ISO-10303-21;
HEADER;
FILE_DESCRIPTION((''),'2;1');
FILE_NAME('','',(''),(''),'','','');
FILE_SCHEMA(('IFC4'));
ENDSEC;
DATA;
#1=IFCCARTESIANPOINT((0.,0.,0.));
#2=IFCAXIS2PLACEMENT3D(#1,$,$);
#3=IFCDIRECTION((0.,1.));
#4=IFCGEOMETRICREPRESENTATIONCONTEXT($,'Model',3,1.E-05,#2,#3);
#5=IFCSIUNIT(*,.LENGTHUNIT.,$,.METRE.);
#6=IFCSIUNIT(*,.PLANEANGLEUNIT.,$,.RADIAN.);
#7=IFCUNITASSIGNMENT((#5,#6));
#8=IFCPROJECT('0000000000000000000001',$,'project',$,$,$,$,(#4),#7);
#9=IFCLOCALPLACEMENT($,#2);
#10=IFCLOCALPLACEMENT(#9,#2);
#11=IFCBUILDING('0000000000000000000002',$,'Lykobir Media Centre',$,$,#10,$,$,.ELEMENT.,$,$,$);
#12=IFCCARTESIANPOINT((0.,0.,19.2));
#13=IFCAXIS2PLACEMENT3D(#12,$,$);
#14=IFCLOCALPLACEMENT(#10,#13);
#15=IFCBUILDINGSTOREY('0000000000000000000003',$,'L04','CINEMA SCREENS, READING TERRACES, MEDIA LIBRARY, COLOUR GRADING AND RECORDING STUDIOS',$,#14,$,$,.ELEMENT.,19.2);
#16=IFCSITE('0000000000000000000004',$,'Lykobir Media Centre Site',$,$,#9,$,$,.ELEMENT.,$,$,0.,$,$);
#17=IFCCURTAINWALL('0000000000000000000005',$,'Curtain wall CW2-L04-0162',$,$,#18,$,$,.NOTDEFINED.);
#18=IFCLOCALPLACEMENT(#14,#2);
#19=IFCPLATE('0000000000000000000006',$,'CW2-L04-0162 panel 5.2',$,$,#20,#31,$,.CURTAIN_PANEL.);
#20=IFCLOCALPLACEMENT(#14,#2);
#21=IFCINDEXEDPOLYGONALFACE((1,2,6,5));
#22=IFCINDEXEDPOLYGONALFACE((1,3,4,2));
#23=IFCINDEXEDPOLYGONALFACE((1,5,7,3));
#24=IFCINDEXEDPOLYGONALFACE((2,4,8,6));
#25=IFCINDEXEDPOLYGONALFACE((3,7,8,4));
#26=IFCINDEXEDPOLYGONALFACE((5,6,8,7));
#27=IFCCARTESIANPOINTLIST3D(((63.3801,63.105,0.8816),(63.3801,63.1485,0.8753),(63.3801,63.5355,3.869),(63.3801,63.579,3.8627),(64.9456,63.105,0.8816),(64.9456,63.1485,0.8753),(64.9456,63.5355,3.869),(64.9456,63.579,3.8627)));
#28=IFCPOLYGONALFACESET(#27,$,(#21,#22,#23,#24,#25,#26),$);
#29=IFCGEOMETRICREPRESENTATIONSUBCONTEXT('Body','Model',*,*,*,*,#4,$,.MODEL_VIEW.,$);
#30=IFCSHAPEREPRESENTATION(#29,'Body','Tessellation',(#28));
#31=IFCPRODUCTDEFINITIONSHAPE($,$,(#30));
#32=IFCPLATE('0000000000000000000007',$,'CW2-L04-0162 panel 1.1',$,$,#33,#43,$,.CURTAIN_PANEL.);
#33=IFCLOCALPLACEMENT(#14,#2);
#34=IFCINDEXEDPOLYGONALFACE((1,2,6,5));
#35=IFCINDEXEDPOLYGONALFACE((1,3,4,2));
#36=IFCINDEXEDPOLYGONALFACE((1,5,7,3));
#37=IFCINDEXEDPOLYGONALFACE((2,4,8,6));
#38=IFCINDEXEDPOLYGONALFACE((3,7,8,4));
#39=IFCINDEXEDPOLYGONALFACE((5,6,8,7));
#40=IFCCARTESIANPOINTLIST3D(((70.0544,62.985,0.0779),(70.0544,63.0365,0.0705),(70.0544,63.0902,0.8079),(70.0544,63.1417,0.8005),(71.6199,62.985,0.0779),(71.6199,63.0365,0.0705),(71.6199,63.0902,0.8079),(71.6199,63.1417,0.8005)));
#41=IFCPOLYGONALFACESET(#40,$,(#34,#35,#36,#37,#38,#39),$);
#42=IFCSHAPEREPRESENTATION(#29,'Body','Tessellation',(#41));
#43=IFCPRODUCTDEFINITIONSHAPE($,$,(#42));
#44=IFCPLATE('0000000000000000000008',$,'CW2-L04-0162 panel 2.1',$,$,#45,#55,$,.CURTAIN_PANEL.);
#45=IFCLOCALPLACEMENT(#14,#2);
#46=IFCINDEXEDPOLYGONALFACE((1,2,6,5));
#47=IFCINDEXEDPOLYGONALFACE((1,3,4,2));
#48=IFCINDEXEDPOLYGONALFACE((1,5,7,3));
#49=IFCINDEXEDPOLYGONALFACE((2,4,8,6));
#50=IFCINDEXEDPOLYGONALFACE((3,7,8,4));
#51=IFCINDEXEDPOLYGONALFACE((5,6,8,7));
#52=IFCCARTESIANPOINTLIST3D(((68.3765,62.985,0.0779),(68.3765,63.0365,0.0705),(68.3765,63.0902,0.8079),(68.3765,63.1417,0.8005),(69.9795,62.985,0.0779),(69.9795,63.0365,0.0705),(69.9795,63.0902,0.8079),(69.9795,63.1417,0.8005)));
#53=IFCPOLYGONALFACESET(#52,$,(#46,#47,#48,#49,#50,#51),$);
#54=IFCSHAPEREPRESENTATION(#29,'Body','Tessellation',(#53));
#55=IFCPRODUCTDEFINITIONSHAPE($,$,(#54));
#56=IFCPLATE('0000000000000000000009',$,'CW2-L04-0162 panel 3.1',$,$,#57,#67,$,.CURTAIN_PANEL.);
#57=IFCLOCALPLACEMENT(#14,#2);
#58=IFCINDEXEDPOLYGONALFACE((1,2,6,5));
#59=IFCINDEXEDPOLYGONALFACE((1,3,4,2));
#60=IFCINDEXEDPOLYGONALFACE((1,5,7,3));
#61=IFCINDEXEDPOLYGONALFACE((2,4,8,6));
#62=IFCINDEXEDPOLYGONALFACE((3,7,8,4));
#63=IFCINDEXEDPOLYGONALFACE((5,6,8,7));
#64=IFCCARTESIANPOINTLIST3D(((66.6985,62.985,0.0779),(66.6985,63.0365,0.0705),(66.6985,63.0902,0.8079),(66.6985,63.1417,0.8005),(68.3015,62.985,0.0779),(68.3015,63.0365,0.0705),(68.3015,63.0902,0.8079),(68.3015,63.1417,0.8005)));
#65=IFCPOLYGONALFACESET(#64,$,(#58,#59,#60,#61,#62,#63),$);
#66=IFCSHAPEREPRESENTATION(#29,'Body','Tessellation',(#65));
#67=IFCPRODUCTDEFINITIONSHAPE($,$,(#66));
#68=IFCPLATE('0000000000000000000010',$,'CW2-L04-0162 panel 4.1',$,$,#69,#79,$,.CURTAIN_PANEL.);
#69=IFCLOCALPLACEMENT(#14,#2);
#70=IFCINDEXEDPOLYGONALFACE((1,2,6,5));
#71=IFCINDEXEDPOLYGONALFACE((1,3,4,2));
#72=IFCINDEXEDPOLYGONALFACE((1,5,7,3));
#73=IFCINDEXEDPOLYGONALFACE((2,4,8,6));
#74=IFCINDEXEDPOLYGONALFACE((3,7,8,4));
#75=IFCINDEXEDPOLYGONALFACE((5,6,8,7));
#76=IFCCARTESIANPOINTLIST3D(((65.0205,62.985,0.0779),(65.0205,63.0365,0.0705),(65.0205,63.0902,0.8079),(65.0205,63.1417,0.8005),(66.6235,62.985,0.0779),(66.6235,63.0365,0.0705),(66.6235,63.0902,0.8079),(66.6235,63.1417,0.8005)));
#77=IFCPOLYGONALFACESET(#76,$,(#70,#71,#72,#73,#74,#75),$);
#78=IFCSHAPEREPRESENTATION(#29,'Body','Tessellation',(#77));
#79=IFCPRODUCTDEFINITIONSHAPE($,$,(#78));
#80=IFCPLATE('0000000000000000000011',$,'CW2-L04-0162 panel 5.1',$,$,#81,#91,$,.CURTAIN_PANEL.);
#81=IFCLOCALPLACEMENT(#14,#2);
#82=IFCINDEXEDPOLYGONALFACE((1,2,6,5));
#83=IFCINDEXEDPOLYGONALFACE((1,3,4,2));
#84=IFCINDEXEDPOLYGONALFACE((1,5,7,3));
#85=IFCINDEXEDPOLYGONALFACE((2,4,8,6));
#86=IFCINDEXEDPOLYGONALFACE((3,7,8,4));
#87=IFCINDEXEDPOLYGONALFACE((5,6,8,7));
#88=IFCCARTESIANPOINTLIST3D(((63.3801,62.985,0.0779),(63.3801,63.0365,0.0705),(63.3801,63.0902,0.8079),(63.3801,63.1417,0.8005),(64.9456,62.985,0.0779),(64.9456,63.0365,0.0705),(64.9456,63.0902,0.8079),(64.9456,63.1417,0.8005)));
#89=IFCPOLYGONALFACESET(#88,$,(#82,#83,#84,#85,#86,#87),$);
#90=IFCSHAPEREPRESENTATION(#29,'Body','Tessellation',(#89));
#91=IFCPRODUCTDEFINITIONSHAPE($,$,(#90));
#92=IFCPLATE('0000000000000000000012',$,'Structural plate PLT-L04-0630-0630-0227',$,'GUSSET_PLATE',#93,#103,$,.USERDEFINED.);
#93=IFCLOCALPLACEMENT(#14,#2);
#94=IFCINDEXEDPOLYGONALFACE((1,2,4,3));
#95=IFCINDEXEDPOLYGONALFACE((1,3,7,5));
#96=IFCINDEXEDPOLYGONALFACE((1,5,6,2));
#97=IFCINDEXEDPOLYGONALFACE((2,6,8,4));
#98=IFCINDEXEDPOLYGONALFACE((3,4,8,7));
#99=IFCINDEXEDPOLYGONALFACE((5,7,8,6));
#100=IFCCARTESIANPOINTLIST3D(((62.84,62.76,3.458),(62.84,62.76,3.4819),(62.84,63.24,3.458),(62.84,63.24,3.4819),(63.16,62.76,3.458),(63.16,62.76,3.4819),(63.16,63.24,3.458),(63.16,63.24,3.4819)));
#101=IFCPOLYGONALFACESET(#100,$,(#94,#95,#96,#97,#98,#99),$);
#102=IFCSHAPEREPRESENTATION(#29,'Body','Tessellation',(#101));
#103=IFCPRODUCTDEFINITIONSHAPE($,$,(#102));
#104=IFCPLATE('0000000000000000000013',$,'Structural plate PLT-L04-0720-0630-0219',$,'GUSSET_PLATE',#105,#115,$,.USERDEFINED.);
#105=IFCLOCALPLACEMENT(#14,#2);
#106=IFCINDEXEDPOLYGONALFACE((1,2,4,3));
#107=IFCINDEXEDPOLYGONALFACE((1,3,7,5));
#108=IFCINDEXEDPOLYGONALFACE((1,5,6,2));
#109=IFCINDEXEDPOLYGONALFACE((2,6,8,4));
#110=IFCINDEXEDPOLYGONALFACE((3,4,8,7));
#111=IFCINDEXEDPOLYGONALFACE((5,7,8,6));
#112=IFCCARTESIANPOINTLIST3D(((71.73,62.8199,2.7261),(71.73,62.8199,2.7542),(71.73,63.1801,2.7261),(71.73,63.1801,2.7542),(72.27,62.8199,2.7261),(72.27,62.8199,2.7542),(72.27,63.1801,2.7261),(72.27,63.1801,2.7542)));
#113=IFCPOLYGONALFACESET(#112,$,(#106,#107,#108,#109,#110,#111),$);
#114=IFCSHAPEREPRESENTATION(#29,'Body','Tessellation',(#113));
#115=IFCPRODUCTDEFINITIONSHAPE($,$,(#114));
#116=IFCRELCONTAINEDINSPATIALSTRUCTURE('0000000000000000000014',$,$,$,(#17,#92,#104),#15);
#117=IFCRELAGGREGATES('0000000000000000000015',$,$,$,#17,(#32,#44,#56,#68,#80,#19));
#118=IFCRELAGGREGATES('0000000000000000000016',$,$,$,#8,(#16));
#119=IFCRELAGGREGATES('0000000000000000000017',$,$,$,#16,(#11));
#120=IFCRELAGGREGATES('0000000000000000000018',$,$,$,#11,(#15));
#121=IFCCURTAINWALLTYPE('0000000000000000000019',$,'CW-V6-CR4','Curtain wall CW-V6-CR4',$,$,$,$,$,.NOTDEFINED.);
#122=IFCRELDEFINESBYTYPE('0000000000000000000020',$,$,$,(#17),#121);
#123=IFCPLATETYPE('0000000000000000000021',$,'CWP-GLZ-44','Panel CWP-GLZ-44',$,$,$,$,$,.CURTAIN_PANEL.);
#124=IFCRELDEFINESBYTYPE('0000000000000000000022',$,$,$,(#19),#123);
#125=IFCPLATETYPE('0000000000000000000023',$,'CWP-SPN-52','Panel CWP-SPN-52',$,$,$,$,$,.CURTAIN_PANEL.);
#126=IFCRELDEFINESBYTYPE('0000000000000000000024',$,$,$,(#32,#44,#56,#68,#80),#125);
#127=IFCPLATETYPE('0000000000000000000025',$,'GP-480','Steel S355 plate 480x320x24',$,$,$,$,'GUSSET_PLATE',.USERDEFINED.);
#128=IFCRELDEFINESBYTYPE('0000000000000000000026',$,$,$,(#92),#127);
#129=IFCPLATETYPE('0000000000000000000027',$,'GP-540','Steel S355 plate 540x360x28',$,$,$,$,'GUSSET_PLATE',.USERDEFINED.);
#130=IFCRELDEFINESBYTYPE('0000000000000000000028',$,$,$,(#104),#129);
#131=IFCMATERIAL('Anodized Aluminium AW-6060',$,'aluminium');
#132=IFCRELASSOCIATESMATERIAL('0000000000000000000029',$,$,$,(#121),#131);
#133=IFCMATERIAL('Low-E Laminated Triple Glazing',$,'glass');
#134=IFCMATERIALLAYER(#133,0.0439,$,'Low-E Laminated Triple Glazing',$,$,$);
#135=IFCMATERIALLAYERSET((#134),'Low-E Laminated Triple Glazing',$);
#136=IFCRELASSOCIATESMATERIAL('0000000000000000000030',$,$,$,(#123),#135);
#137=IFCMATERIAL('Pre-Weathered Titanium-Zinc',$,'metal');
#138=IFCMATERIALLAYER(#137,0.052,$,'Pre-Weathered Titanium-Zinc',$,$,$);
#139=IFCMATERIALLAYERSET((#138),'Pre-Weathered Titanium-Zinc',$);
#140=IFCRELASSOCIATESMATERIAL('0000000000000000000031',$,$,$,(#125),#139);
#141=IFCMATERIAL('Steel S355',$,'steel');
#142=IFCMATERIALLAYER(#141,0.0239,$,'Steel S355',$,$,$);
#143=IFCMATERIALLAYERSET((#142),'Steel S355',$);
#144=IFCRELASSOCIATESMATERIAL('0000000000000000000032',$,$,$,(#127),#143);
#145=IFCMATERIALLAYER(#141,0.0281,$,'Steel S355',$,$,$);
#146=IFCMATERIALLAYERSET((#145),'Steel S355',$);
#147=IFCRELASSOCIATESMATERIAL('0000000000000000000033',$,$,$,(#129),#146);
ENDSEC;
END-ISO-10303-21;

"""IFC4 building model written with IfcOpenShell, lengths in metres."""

from ifc_helpers import new_model, si_unit, direction, frame, origin, origin_2d, place, context, subcontext, project, spatial, rectangle, extrude, material, layer, layer_set, type_object, element, aggregate, save


model = new_model("IFC4")

# Units and contexts
model_context = context("Model", 3, precision=1e-05, world=origin(), true_north=direction((0.0, 1.0)))
body_context = subcontext(model_context, "Body", "Model", "MODEL_VIEW")
ifc_project = project(units=[si_unit("LENGTHUNIT", "METRE"), si_unit("PLANEANGLEUNIT", "RADIAN")], contexts=[model_context])

# Site, building, storey
site_placement = place(None, origin())
site = spatial("IfcSite", under=ifc_project, at=site_placement, Name="Lykobir Media Centre Site", CompositionType="ELEMENT", RefElevation=0.0)
building_placement = place(site_placement, origin())
building = spatial("IfcBuilding", under=site, at=building_placement, Name="Lykobir Media Centre", CompositionType="ELEMENT")
storey_placement = place(building_placement, frame((0.0, 0.0, 19.2)))
storey = spatial("IfcBuildingStorey", under=building, at=storey_placement, Name="L04", Description="CINEMA SCREENS, READING TERRACES, MEDIA LIBRARY, COLOUR GRADING AND RECORDING STUDIOS", CompositionType="ELEMENT", Elevation=19.2)

# Shared definitions
ifc_material_1 = material(Name="Steel S355", Category="steel")

# Curtain wall
ifc_material_2 = material(Name="Anodized Aluminium AW-6060", Category="aluminium")
curtain_wall_type_1 = type_object("IfcCurtainWallType", Name="CW-V6-CR4", Description="Curtain wall CW-V6-CR4", PredefinedType="NOTDEFINED", material=ifc_material_2)
curtain_wall_1_placement = place(storey_placement, origin())
curtain_wall_1 = element("IfcCurtainWall", 1, at=curtain_wall_1_placement, inside=storey, type_object=curtain_wall_type_1, Name="Curtain wall CW2-L04-0162", PredefinedType="NOTDEFINED")

# Plates
ifc_material_3 = material(Name="Low-E Laminated Triple Glazing", Category="glass")
ifc_layer_1 = layer(ifc_material_3, 0.0439, Name="Low-E Laminated Triple Glazing")
ifc_layer_set_1 = layer_set([ifc_layer_1], Name="Low-E Laminated Triple Glazing")
plate_type_1 = type_object("IfcPlateType", Name="CWP-GLZ-44", Description="Panel CWP-GLZ-44", PredefinedType="CURTAIN_PANEL", material=ifc_layer_set_1)
plate_1_placement = place(storey_placement, frame((64.1628, 63.1267, 0.8784), z_axis=(0.0, 0.142629, 0.989776), x_axis=(-1.0, 0.0, 0.0)))
plate_1 = element("IfcPlate", 2, at=plate_1_placement, type_object=plate_type_1, Name="CW2-L04-0162 panel 5.2", PredefinedType="CURTAIN_PANEL", context=body_context, shape_type="SweptSolid", body=[
    extrude(rectangle(XDim=1.5654, YDim=0.0439, at=origin_2d()), origin(), (0.0, 0.0, 1.0), 3.0183),
])
ifc_material_4 = material(Name="Pre-Weathered Titanium-Zinc", Category="metal")
ifc_layer_2 = layer(ifc_material_4, 0.052, Name="Pre-Weathered Titanium-Zinc")
ifc_layer_set_2 = layer_set([ifc_layer_2], Name="Pre-Weathered Titanium-Zinc")
plate_type_2 = type_object("IfcPlateType", Name="CWP-SPN-52", Description="Panel CWP-SPN-52", PredefinedType="CURTAIN_PANEL", material=ifc_layer_set_2)
plate_2_placement = place(storey_placement, frame((70.8372, 63.0107, 0.0742), z_axis=(0.0, 0.142629, 0.989776), x_axis=(-1.0, 0.0, 0.0)))
plate_2 = element("IfcPlate", 3, at=plate_2_placement, type_object=plate_type_2, Name="CW2-L04-0162 panel 1.1", PredefinedType="CURTAIN_PANEL", context=body_context, shape_type="SweptSolid", body=[
    extrude(rectangle(XDim=1.5654, YDim=0.052, at=origin_2d()), origin(), (0.0, 0.0, 1.0), 0.7375),
])
plate_3_placement = place(storey_placement, frame((69.178, 63.0107, 0.0742), z_axis=(0.0, 0.142629, 0.989776), x_axis=(-1.0, 0.0, 0.0)))
plate_3 = element("IfcPlate", 4, at=plate_3_placement, type_object=plate_type_2, Name="CW2-L04-0162 panel 2.1", PredefinedType="CURTAIN_PANEL", context=body_context, shape_type="SweptSolid", body=[
    extrude(rectangle(XDim=1.603, YDim=0.052, at=origin_2d()), origin(), (0.0, 0.0, 1.0), 0.7375),
])
plate_4_placement = place(storey_placement, frame((67.5, 63.0107, 0.0742), z_axis=(0.0, 0.142629, 0.989776), x_axis=(-1.0, 0.0, 0.0)))
plate_4 = element("IfcPlate", 5, at=plate_4_placement, type_object=plate_type_2, Name="CW2-L04-0162 panel 3.1", PredefinedType="CURTAIN_PANEL", context=body_context, shape_type="SweptSolid", body=[
    extrude(rectangle(XDim=1.603, YDim=0.052, at=origin_2d()), origin(), (0.0, 0.0, 1.0), 0.7375),
])
plate_5_placement = place(storey_placement, frame((65.822, 63.0107, 0.0742), z_axis=(0.0, 0.142629, 0.989776), x_axis=(-1.0, 0.0, 0.0)))
plate_5 = element("IfcPlate", 6, at=plate_5_placement, type_object=plate_type_2, Name="CW2-L04-0162 panel 4.1", PredefinedType="CURTAIN_PANEL", context=body_context, shape_type="SweptSolid", body=[
    extrude(rectangle(XDim=1.603, YDim=0.052, at=origin_2d()), origin(), (0.0, 0.0, 1.0), 0.7375),
])
plate_6_placement = place(storey_placement, frame((64.1628, 63.0107, 0.0742), z_axis=(0.0, 0.142629, 0.989776), x_axis=(-1.0, 0.0, 0.0)))
plate_6 = element("IfcPlate", 7, at=plate_6_placement, type_object=plate_type_2, Name="CW2-L04-0162 panel 5.1", PredefinedType="CURTAIN_PANEL", context=body_context, shape_type="SweptSolid", body=[
    extrude(rectangle(XDim=1.5654, YDim=0.052, at=origin_2d()), origin(), (0.0, 0.0, 1.0), 0.7375),
])
aggregate(curtain_wall_1, [plate_2, plate_3, plate_4, plate_5, plate_6, plate_1])

# Plates
ifc_layer_3 = layer(ifc_material_1, 0.0239, Name="Steel S355")
ifc_layer_set_3 = layer_set([ifc_layer_3], Name="Steel S355")
plate_type_3 = type_object("IfcPlateType", Name="GP-480", Description="Steel S355 plate 480x320x24", ElementType="GUSSET_PLATE", PredefinedType="USERDEFINED", material=ifc_layer_set_3)
plate_7_placement = place(storey_placement, frame((63.0, 63.0, 3.458), z_axis=(0.0, 0.0, 1.0), x_axis=(0.0, 1.0, 0.0)))
element("IfcPlate", 8, at=plate_7_placement, inside=storey, type_object=plate_type_3, Name="Structural plate PLT-L04-0630-0630-0227", ObjectType="GUSSET_PLATE", PredefinedType="USERDEFINED", context=body_context, shape_type="SweptSolid", body=[
    extrude(rectangle(XDim=0.48, YDim=0.3201, at=origin_2d()), origin(), (0.0, 0.0, 1.0), 0.0239),
])
ifc_layer_4 = layer(ifc_material_1, 0.0281, Name="Steel S355")
ifc_layer_set_4 = layer_set([ifc_layer_4], Name="Steel S355")
plate_type_4 = type_object("IfcPlateType", Name="GP-540", Description="Steel S355 plate 540x360x28", ElementType="GUSSET_PLATE", PredefinedType="USERDEFINED", material=ifc_layer_set_4)
plate_8_placement = place(storey_placement, frame((72.0, 63.0, 2.7261), z_axis=(0.0, 0.0, 1.0), x_axis=(1.0, 0.0, 0.0)))
element("IfcPlate", 9, at=plate_8_placement, inside=storey, type_object=plate_type_4, Name="Structural plate PLT-L04-0720-0630-0219", ObjectType="GUSSET_PLATE", PredefinedType="USERDEFINED", context=body_context, shape_type="SweptSolid", body=[
    extrude(rectangle(XDim=0.54, YDim=0.3601, at=origin_2d()), origin(), (0.0, 0.0, 1.0), 0.0281),
])

save(model, "model.ifc")
